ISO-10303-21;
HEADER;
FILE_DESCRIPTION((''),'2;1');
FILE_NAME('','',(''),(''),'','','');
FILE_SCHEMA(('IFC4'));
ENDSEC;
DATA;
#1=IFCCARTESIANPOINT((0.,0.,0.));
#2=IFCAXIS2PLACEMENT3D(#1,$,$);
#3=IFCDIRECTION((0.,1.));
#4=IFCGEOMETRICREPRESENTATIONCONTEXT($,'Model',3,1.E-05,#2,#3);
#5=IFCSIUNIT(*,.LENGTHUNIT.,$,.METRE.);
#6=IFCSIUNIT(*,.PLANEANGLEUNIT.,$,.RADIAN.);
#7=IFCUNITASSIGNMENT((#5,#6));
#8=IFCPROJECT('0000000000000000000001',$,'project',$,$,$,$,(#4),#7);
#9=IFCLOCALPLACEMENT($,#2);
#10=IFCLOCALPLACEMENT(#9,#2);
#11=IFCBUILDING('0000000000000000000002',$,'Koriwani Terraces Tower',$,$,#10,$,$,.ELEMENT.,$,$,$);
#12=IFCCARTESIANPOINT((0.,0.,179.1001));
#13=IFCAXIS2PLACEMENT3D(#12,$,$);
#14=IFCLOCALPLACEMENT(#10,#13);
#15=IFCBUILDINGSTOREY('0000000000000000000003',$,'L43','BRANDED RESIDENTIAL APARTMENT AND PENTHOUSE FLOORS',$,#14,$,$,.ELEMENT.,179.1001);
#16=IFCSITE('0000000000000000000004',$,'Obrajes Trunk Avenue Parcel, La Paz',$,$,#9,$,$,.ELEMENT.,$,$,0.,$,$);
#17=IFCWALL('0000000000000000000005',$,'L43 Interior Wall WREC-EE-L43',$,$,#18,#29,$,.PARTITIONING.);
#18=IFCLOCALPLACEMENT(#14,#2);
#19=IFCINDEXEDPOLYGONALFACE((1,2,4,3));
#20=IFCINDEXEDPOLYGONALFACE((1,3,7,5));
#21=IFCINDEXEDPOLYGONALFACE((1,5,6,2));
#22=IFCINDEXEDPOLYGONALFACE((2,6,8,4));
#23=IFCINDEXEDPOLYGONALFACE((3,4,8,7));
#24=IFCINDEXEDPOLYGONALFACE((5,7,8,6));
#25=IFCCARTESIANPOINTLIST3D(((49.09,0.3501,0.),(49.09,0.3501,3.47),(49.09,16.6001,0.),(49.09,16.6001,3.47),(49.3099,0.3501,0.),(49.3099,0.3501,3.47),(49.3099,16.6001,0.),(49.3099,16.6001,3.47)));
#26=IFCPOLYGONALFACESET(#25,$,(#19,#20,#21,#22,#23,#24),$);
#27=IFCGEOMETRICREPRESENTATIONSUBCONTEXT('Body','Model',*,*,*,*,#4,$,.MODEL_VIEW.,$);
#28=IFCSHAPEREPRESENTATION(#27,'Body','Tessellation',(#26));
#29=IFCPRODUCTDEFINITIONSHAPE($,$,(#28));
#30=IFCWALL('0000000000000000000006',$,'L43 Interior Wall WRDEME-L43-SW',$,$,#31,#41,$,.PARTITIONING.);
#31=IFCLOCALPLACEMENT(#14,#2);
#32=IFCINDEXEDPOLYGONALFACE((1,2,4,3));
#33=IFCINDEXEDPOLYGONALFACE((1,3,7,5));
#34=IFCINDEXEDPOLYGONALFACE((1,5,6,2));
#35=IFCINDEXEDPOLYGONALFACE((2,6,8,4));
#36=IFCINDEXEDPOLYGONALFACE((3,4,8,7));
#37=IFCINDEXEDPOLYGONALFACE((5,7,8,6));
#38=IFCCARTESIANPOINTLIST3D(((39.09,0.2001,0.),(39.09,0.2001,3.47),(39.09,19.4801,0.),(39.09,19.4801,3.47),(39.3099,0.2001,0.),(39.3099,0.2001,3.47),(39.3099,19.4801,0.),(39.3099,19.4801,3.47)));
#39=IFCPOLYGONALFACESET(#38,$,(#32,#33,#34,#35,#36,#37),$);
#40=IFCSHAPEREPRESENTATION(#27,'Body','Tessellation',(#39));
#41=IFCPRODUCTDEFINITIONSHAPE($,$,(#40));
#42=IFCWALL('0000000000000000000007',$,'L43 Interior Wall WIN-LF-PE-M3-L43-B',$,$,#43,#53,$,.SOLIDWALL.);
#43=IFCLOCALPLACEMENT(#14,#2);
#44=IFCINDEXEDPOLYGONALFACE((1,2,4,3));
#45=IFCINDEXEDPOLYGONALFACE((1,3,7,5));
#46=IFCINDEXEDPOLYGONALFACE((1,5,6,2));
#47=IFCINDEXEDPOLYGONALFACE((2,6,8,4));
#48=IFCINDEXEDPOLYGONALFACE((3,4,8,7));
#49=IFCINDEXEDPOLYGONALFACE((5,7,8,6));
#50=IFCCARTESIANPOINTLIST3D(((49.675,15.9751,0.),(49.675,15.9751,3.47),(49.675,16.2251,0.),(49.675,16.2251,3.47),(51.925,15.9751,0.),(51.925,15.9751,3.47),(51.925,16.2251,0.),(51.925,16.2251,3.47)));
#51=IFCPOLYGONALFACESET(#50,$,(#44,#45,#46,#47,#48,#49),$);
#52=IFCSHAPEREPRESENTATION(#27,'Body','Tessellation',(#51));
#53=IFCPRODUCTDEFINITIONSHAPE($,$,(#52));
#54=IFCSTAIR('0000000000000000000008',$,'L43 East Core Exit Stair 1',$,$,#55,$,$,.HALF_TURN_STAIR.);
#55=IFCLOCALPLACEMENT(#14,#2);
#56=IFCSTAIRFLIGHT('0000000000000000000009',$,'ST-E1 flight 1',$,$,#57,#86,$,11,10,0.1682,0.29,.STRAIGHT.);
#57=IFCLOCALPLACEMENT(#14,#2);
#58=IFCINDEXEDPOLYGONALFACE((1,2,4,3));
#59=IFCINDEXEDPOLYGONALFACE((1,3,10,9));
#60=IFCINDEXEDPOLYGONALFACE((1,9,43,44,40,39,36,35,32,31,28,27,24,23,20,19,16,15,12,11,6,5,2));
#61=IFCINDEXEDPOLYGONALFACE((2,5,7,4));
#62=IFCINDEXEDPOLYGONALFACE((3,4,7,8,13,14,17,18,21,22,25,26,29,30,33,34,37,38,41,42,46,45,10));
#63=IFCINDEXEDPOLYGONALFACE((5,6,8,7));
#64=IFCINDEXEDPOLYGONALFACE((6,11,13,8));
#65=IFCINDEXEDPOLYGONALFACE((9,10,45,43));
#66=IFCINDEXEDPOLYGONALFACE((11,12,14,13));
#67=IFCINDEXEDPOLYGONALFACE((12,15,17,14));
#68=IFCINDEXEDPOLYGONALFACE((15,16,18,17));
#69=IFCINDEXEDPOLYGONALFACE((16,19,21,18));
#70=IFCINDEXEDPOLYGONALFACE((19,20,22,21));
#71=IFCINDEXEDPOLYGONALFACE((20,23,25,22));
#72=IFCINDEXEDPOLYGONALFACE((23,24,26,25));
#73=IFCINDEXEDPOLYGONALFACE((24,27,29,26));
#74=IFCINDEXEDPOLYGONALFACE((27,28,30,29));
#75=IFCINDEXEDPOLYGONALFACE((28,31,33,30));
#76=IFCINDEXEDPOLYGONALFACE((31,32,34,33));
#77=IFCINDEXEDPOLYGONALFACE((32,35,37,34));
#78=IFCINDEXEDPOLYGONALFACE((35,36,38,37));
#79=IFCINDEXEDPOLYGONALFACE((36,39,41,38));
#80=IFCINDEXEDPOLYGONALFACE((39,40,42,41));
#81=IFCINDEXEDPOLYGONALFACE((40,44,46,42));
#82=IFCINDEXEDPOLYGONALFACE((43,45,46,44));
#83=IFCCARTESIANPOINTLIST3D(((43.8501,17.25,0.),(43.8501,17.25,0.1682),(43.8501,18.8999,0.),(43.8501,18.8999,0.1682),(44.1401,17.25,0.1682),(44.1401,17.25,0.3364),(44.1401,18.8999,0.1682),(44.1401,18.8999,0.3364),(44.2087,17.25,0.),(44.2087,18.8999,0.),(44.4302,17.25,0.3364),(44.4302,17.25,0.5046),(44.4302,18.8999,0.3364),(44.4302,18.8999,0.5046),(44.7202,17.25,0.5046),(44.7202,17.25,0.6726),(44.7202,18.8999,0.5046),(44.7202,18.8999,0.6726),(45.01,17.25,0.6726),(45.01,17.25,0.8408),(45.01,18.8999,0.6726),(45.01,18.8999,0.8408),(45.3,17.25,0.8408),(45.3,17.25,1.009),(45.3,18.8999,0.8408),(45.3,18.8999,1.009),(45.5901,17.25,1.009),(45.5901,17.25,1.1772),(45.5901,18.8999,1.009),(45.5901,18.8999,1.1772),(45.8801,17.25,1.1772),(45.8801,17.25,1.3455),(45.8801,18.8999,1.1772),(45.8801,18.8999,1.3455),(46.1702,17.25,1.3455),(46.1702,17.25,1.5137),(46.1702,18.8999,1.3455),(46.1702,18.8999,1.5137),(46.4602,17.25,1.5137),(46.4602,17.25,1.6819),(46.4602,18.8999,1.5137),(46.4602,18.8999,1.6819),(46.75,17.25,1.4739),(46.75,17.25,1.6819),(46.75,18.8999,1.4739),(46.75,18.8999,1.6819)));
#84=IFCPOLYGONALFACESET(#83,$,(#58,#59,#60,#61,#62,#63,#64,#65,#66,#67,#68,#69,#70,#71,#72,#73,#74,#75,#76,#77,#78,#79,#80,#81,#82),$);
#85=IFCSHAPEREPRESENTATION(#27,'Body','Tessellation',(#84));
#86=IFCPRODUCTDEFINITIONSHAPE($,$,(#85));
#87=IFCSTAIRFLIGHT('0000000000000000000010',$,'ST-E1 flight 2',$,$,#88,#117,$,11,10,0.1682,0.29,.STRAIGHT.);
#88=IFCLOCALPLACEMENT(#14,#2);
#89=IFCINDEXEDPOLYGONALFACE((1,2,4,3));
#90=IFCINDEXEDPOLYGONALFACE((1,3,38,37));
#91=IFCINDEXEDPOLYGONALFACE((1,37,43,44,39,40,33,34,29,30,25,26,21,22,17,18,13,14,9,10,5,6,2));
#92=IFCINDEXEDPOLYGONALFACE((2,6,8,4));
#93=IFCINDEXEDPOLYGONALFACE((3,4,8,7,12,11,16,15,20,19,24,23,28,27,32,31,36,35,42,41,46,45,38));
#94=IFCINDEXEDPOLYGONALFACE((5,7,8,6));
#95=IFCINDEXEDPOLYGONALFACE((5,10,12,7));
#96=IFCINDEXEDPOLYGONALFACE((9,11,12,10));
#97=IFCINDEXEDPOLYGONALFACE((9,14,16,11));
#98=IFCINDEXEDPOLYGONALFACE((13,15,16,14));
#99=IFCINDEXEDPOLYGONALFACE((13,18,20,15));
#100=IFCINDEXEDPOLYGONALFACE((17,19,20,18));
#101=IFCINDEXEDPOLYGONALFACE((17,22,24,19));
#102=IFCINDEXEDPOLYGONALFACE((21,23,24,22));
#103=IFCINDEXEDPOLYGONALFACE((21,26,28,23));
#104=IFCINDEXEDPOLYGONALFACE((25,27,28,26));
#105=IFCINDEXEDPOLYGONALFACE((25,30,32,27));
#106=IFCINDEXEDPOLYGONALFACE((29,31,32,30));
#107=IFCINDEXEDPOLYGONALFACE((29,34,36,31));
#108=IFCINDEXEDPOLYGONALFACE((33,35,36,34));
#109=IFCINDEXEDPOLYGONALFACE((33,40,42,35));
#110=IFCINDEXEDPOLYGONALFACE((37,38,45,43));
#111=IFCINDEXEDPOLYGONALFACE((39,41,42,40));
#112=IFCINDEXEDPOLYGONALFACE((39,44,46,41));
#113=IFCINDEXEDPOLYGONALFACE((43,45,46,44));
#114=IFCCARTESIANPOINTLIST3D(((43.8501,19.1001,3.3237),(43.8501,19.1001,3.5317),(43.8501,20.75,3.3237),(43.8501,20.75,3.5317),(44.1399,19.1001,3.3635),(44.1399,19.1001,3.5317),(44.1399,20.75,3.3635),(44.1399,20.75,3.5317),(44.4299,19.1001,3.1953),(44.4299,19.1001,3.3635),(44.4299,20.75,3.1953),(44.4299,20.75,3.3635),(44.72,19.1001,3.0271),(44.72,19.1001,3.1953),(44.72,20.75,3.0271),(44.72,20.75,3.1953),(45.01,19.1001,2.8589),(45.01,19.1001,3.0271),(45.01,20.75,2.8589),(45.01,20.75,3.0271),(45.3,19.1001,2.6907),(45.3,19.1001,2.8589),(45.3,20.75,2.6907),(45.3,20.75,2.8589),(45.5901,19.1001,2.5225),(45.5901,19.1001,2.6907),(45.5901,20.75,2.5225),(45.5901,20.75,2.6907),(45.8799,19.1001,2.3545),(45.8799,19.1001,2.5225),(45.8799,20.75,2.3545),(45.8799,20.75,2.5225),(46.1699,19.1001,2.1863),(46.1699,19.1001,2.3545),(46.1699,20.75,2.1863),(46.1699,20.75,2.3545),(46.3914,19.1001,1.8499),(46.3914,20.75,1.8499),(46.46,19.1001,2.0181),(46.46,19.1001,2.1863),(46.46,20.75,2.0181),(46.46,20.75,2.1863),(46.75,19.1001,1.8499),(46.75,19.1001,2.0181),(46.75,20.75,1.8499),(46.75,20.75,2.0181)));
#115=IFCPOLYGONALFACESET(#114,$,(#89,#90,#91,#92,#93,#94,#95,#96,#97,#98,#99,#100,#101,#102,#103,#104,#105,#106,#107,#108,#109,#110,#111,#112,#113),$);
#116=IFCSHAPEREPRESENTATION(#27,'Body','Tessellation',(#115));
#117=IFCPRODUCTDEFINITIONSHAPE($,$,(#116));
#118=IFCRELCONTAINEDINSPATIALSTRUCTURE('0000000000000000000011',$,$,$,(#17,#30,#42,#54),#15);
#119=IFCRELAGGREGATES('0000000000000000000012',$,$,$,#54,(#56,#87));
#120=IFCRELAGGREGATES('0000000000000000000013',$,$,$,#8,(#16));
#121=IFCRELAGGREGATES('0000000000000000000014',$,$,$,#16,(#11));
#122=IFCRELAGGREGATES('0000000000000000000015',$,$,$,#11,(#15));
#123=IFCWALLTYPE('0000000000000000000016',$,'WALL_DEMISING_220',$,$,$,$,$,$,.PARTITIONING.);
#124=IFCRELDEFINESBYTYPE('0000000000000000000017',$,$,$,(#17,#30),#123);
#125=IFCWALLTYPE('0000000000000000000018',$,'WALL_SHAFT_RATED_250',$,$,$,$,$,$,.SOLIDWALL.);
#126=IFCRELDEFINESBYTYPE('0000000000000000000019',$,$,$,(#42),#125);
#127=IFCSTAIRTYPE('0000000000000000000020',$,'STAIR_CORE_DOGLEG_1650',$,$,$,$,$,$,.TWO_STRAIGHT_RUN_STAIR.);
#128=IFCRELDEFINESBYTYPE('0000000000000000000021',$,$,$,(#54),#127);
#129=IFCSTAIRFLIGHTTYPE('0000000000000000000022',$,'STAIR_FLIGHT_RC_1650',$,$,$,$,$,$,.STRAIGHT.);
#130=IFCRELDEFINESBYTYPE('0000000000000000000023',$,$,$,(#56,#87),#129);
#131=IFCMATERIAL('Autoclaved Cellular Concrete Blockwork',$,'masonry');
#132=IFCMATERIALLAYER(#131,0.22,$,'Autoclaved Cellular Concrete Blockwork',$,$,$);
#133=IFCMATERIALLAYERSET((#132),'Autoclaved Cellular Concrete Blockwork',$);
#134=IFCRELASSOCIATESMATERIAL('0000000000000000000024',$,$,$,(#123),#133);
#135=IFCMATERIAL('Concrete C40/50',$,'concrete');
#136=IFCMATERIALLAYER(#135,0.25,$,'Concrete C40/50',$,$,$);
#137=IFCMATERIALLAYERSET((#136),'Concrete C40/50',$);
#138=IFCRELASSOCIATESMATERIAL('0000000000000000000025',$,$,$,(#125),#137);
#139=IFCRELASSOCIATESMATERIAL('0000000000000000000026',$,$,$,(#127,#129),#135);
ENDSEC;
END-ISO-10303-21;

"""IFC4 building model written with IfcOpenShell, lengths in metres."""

from ifc_helpers import new_model, si_unit, direction, frame, frame_2d, origin, place, context, subcontext, project, spatial, polyline, rectangle, outline, extrude, material, layer, layer_set, type_object, element, aggregate, save


model = new_model("IFC4")

# Units and contexts
model_context = context("Model", 3, precision=1e-05, world=origin(), true_north=direction((0.0, 1.0)))
body_context = subcontext(model_context, "Body", "Model", "MODEL_VIEW")
ifc_project = project(units=[si_unit("LENGTHUNIT", "METRE"), si_unit("PLANEANGLEUNIT", "RADIAN")], contexts=[model_context])

# Site, building, storey
site_placement = place(None, origin())
site = spatial("IfcSite", under=ifc_project, at=site_placement, Name="Obrajes Trunk Avenue Parcel, La Paz", CompositionType="ELEMENT", RefElevation=0.0)
building_placement = place(site_placement, origin())
building = spatial("IfcBuilding", under=site, at=building_placement, Name="Koriwani Terraces Tower", CompositionType="ELEMENT")
storey_placement = place(building_placement, frame((0.0, 0.0, 179.1001)))
storey = spatial("IfcBuildingStorey", under=building, at=storey_placement, Name="L43", Description="BRANDED RESIDENTIAL APARTMENT AND PENTHOUSE FLOORS", CompositionType="ELEMENT", Elevation=179.1001)

# Shared definitions
ifc_material_1 = material(Name="Concrete C40/50", Category="concrete")

# Shared definitions
ifc_material_2 = material(Name="Autoclaved Cellular Concrete Blockwork", Category="masonry")

# Walls
ifc_layer_1 = layer(ifc_material_2, 0.22, Name="Autoclaved Cellular Concrete Blockwork")
ifc_layer_set_1 = layer_set([ifc_layer_1], Name="Autoclaved Cellular Concrete Blockwork")
wall_type_1 = type_object("IfcWallType", Name="WALL_DEMISING_220", PredefinedType="PARTITIONING", material=ifc_layer_set_1)
wall_1_placement = place(storey_placement, frame((49.2, 0.3501, 0.0), z_axis=(0.0, 0.0, 1.0), x_axis=(0.0, 1.0, 0.0)))
element("IfcWall", 1, at=wall_1_placement, inside=storey, type_object=wall_type_1, Name="L43 Interior Wall WREC-EE-L43", PredefinedType="PARTITIONING", context=body_context, shape_type="SweptSolid", body=[
    extrude(rectangle(XDim=16.25, YDim=0.22, at=frame_2d((8.125, 0.0))), origin(), (0.0, 0.0, 1.0), 3.47),
])
wall_2_placement = place(storey_placement, frame((39.2, 0.2, 0.0), z_axis=(0.0, 0.0, 1.0), x_axis=(0.0, 1.0, 0.0)))
element("IfcWall", 2, at=wall_2_placement, inside=storey, type_object=wall_type_1, Name="L43 Interior Wall WRDEME-L43-SW", PredefinedType="PARTITIONING", context=body_context, shape_type="SweptSolid", body=[
    extrude(rectangle(XDim=19.28, YDim=0.22, at=frame_2d((9.6401, 0.0))), origin(), (0.0, 0.0, 1.0), 3.47),
])

# Shared definitions
ifc_layer_2 = layer(ifc_material_1, 0.25, Name="Concrete C40/50")
ifc_layer_set_2 = layer_set([ifc_layer_2], Name="Concrete C40/50")
wall_type_2 = type_object("IfcWallType", Name="WALL_SHAFT_RATED_250", PredefinedType="SOLIDWALL", material=ifc_layer_set_2)

# Wall
wall_3_placement = place(storey_placement, frame((49.675, 16.1001, 0.0), z_axis=(0.0, 0.0, 1.0), x_axis=(1.0, 0.0, 0.0)))
element("IfcWall", 3, at=wall_3_placement, inside=storey, type_object=wall_type_2, Name="L43 Interior Wall WIN-LF-PE-M3-L43-B", PredefinedType="SOLIDWALL", context=body_context, shape_type="SweptSolid", body=[
    extrude(rectangle(XDim=2.25, YDim=0.25, at=frame_2d((1.125, 0.0))), origin(), (0.0, 0.0, 1.0), 3.47),
])

# Stair, stair flights
stair_type = type_object("IfcStairType", Name="STAIR_CORE_DOGLEG_1650", PredefinedType="TWO_STRAIGHT_RUN_STAIR", material=ifc_material_1)
stair_placement = place(storey_placement, origin())
stair = element("IfcStair", 4, at=stair_placement, inside=storey, type_object=stair_type, Name="L43 East Core Exit Stair 1", PredefinedType="HALF_TURN_STAIR")
stair_flight_type = type_object("IfcStairFlightType", Name="STAIR_FLIGHT_RC_1650", PredefinedType="STRAIGHT", material=ifc_material_1)
stair_flight_1_placement = place(storey_placement, frame((43.8501, 18.075, 0.0), z_axis=(0.0, 0.0, 1.0), x_axis=(1.0, 0.0, 0.0)))
stair_flight_1 = element("IfcStairFlight", 5, at=stair_flight_1_placement, type_object=stair_flight_type, Name="ST-E1 flight 1", NumberOfRisers=11, NumberOfTreads=10, PredefinedType="STRAIGHT", RiserHeight=0.1682, TreadLength=0.29, context=body_context, shape_type="SweptSolid", body=[
    extrude(outline(polyline([(0.0, 0.0), (0.0, 0.1682), (0.29, 0.1682), (0.29, 0.3364), (0.5801, 0.3364), (0.5801, 0.5046), (0.8701, 0.5046), (0.8701, 0.6726), (1.1599, 0.6726), (1.1599, 0.8408), (1.45, 0.8408), (1.45, 1.009), (1.74, 1.009), (1.74, 1.1772), (2.03, 1.1772), (2.03, 1.3455), (2.3201, 1.3455), (2.3201, 1.5137), (2.6101, 1.5137), (2.6101, 1.6819), (2.8999, 1.6819), (2.8999, 1.8501), (2.8999, 1.4739), (0.3586, 0.0), (0.0, 0.0)])), frame((0.0, 0.825, 0.0), z_axis=(0.0, -1.0, 0.0), x_axis=(1.0, 0.0, 0.0)), (0.0, 0.0, 1.0), 1.6499),
])
stair_flight_2_placement = place(storey_placement, frame((46.75, 19.925, 1.8499), z_axis=(0.0, 0.0, 1.0), x_axis=(-1.0, 0.0, 0.0)))
stair_flight_2 = element("IfcStairFlight", 6, at=stair_flight_2_placement, type_object=stair_flight_type, Name="ST-E1 flight 2", NumberOfRisers=11, NumberOfTreads=10, PredefinedType="STRAIGHT", RiserHeight=0.1682, TreadLength=0.29, context=body_context, shape_type="SweptSolid", body=[
    extrude(outline(polyline([(0.0, 0.0), (0.0, 0.1682), (0.29, 0.1682), (0.29, 0.3364), (0.5801, 0.3364), (0.5801, 0.5046), (0.8701, 0.5046), (0.8701, 0.6726), (1.1599, 0.6726), (1.1599, 0.8408), (1.45, 0.8408), (1.45, 1.009), (1.74, 1.009), (1.74, 1.1772), (2.03, 1.1772), (2.03, 1.3455), (2.3201, 1.3455), (2.3201, 1.5137), (2.6101, 1.5137), (2.6101, 1.6819), (2.8999, 1.6819), (2.8999, 1.8501), (2.8999, 1.4739), (0.3586, 0.0), (0.0, 0.0)])), frame((0.0, 0.825, 0.0), z_axis=(0.0, -1.0, 0.0), x_axis=(1.0, 0.0, 0.0)), (0.0, 0.0, 1.0), 1.6499),
])
aggregate(stair, [stair_flight_1, stair_flight_2])

save(model, "model.ifc")
